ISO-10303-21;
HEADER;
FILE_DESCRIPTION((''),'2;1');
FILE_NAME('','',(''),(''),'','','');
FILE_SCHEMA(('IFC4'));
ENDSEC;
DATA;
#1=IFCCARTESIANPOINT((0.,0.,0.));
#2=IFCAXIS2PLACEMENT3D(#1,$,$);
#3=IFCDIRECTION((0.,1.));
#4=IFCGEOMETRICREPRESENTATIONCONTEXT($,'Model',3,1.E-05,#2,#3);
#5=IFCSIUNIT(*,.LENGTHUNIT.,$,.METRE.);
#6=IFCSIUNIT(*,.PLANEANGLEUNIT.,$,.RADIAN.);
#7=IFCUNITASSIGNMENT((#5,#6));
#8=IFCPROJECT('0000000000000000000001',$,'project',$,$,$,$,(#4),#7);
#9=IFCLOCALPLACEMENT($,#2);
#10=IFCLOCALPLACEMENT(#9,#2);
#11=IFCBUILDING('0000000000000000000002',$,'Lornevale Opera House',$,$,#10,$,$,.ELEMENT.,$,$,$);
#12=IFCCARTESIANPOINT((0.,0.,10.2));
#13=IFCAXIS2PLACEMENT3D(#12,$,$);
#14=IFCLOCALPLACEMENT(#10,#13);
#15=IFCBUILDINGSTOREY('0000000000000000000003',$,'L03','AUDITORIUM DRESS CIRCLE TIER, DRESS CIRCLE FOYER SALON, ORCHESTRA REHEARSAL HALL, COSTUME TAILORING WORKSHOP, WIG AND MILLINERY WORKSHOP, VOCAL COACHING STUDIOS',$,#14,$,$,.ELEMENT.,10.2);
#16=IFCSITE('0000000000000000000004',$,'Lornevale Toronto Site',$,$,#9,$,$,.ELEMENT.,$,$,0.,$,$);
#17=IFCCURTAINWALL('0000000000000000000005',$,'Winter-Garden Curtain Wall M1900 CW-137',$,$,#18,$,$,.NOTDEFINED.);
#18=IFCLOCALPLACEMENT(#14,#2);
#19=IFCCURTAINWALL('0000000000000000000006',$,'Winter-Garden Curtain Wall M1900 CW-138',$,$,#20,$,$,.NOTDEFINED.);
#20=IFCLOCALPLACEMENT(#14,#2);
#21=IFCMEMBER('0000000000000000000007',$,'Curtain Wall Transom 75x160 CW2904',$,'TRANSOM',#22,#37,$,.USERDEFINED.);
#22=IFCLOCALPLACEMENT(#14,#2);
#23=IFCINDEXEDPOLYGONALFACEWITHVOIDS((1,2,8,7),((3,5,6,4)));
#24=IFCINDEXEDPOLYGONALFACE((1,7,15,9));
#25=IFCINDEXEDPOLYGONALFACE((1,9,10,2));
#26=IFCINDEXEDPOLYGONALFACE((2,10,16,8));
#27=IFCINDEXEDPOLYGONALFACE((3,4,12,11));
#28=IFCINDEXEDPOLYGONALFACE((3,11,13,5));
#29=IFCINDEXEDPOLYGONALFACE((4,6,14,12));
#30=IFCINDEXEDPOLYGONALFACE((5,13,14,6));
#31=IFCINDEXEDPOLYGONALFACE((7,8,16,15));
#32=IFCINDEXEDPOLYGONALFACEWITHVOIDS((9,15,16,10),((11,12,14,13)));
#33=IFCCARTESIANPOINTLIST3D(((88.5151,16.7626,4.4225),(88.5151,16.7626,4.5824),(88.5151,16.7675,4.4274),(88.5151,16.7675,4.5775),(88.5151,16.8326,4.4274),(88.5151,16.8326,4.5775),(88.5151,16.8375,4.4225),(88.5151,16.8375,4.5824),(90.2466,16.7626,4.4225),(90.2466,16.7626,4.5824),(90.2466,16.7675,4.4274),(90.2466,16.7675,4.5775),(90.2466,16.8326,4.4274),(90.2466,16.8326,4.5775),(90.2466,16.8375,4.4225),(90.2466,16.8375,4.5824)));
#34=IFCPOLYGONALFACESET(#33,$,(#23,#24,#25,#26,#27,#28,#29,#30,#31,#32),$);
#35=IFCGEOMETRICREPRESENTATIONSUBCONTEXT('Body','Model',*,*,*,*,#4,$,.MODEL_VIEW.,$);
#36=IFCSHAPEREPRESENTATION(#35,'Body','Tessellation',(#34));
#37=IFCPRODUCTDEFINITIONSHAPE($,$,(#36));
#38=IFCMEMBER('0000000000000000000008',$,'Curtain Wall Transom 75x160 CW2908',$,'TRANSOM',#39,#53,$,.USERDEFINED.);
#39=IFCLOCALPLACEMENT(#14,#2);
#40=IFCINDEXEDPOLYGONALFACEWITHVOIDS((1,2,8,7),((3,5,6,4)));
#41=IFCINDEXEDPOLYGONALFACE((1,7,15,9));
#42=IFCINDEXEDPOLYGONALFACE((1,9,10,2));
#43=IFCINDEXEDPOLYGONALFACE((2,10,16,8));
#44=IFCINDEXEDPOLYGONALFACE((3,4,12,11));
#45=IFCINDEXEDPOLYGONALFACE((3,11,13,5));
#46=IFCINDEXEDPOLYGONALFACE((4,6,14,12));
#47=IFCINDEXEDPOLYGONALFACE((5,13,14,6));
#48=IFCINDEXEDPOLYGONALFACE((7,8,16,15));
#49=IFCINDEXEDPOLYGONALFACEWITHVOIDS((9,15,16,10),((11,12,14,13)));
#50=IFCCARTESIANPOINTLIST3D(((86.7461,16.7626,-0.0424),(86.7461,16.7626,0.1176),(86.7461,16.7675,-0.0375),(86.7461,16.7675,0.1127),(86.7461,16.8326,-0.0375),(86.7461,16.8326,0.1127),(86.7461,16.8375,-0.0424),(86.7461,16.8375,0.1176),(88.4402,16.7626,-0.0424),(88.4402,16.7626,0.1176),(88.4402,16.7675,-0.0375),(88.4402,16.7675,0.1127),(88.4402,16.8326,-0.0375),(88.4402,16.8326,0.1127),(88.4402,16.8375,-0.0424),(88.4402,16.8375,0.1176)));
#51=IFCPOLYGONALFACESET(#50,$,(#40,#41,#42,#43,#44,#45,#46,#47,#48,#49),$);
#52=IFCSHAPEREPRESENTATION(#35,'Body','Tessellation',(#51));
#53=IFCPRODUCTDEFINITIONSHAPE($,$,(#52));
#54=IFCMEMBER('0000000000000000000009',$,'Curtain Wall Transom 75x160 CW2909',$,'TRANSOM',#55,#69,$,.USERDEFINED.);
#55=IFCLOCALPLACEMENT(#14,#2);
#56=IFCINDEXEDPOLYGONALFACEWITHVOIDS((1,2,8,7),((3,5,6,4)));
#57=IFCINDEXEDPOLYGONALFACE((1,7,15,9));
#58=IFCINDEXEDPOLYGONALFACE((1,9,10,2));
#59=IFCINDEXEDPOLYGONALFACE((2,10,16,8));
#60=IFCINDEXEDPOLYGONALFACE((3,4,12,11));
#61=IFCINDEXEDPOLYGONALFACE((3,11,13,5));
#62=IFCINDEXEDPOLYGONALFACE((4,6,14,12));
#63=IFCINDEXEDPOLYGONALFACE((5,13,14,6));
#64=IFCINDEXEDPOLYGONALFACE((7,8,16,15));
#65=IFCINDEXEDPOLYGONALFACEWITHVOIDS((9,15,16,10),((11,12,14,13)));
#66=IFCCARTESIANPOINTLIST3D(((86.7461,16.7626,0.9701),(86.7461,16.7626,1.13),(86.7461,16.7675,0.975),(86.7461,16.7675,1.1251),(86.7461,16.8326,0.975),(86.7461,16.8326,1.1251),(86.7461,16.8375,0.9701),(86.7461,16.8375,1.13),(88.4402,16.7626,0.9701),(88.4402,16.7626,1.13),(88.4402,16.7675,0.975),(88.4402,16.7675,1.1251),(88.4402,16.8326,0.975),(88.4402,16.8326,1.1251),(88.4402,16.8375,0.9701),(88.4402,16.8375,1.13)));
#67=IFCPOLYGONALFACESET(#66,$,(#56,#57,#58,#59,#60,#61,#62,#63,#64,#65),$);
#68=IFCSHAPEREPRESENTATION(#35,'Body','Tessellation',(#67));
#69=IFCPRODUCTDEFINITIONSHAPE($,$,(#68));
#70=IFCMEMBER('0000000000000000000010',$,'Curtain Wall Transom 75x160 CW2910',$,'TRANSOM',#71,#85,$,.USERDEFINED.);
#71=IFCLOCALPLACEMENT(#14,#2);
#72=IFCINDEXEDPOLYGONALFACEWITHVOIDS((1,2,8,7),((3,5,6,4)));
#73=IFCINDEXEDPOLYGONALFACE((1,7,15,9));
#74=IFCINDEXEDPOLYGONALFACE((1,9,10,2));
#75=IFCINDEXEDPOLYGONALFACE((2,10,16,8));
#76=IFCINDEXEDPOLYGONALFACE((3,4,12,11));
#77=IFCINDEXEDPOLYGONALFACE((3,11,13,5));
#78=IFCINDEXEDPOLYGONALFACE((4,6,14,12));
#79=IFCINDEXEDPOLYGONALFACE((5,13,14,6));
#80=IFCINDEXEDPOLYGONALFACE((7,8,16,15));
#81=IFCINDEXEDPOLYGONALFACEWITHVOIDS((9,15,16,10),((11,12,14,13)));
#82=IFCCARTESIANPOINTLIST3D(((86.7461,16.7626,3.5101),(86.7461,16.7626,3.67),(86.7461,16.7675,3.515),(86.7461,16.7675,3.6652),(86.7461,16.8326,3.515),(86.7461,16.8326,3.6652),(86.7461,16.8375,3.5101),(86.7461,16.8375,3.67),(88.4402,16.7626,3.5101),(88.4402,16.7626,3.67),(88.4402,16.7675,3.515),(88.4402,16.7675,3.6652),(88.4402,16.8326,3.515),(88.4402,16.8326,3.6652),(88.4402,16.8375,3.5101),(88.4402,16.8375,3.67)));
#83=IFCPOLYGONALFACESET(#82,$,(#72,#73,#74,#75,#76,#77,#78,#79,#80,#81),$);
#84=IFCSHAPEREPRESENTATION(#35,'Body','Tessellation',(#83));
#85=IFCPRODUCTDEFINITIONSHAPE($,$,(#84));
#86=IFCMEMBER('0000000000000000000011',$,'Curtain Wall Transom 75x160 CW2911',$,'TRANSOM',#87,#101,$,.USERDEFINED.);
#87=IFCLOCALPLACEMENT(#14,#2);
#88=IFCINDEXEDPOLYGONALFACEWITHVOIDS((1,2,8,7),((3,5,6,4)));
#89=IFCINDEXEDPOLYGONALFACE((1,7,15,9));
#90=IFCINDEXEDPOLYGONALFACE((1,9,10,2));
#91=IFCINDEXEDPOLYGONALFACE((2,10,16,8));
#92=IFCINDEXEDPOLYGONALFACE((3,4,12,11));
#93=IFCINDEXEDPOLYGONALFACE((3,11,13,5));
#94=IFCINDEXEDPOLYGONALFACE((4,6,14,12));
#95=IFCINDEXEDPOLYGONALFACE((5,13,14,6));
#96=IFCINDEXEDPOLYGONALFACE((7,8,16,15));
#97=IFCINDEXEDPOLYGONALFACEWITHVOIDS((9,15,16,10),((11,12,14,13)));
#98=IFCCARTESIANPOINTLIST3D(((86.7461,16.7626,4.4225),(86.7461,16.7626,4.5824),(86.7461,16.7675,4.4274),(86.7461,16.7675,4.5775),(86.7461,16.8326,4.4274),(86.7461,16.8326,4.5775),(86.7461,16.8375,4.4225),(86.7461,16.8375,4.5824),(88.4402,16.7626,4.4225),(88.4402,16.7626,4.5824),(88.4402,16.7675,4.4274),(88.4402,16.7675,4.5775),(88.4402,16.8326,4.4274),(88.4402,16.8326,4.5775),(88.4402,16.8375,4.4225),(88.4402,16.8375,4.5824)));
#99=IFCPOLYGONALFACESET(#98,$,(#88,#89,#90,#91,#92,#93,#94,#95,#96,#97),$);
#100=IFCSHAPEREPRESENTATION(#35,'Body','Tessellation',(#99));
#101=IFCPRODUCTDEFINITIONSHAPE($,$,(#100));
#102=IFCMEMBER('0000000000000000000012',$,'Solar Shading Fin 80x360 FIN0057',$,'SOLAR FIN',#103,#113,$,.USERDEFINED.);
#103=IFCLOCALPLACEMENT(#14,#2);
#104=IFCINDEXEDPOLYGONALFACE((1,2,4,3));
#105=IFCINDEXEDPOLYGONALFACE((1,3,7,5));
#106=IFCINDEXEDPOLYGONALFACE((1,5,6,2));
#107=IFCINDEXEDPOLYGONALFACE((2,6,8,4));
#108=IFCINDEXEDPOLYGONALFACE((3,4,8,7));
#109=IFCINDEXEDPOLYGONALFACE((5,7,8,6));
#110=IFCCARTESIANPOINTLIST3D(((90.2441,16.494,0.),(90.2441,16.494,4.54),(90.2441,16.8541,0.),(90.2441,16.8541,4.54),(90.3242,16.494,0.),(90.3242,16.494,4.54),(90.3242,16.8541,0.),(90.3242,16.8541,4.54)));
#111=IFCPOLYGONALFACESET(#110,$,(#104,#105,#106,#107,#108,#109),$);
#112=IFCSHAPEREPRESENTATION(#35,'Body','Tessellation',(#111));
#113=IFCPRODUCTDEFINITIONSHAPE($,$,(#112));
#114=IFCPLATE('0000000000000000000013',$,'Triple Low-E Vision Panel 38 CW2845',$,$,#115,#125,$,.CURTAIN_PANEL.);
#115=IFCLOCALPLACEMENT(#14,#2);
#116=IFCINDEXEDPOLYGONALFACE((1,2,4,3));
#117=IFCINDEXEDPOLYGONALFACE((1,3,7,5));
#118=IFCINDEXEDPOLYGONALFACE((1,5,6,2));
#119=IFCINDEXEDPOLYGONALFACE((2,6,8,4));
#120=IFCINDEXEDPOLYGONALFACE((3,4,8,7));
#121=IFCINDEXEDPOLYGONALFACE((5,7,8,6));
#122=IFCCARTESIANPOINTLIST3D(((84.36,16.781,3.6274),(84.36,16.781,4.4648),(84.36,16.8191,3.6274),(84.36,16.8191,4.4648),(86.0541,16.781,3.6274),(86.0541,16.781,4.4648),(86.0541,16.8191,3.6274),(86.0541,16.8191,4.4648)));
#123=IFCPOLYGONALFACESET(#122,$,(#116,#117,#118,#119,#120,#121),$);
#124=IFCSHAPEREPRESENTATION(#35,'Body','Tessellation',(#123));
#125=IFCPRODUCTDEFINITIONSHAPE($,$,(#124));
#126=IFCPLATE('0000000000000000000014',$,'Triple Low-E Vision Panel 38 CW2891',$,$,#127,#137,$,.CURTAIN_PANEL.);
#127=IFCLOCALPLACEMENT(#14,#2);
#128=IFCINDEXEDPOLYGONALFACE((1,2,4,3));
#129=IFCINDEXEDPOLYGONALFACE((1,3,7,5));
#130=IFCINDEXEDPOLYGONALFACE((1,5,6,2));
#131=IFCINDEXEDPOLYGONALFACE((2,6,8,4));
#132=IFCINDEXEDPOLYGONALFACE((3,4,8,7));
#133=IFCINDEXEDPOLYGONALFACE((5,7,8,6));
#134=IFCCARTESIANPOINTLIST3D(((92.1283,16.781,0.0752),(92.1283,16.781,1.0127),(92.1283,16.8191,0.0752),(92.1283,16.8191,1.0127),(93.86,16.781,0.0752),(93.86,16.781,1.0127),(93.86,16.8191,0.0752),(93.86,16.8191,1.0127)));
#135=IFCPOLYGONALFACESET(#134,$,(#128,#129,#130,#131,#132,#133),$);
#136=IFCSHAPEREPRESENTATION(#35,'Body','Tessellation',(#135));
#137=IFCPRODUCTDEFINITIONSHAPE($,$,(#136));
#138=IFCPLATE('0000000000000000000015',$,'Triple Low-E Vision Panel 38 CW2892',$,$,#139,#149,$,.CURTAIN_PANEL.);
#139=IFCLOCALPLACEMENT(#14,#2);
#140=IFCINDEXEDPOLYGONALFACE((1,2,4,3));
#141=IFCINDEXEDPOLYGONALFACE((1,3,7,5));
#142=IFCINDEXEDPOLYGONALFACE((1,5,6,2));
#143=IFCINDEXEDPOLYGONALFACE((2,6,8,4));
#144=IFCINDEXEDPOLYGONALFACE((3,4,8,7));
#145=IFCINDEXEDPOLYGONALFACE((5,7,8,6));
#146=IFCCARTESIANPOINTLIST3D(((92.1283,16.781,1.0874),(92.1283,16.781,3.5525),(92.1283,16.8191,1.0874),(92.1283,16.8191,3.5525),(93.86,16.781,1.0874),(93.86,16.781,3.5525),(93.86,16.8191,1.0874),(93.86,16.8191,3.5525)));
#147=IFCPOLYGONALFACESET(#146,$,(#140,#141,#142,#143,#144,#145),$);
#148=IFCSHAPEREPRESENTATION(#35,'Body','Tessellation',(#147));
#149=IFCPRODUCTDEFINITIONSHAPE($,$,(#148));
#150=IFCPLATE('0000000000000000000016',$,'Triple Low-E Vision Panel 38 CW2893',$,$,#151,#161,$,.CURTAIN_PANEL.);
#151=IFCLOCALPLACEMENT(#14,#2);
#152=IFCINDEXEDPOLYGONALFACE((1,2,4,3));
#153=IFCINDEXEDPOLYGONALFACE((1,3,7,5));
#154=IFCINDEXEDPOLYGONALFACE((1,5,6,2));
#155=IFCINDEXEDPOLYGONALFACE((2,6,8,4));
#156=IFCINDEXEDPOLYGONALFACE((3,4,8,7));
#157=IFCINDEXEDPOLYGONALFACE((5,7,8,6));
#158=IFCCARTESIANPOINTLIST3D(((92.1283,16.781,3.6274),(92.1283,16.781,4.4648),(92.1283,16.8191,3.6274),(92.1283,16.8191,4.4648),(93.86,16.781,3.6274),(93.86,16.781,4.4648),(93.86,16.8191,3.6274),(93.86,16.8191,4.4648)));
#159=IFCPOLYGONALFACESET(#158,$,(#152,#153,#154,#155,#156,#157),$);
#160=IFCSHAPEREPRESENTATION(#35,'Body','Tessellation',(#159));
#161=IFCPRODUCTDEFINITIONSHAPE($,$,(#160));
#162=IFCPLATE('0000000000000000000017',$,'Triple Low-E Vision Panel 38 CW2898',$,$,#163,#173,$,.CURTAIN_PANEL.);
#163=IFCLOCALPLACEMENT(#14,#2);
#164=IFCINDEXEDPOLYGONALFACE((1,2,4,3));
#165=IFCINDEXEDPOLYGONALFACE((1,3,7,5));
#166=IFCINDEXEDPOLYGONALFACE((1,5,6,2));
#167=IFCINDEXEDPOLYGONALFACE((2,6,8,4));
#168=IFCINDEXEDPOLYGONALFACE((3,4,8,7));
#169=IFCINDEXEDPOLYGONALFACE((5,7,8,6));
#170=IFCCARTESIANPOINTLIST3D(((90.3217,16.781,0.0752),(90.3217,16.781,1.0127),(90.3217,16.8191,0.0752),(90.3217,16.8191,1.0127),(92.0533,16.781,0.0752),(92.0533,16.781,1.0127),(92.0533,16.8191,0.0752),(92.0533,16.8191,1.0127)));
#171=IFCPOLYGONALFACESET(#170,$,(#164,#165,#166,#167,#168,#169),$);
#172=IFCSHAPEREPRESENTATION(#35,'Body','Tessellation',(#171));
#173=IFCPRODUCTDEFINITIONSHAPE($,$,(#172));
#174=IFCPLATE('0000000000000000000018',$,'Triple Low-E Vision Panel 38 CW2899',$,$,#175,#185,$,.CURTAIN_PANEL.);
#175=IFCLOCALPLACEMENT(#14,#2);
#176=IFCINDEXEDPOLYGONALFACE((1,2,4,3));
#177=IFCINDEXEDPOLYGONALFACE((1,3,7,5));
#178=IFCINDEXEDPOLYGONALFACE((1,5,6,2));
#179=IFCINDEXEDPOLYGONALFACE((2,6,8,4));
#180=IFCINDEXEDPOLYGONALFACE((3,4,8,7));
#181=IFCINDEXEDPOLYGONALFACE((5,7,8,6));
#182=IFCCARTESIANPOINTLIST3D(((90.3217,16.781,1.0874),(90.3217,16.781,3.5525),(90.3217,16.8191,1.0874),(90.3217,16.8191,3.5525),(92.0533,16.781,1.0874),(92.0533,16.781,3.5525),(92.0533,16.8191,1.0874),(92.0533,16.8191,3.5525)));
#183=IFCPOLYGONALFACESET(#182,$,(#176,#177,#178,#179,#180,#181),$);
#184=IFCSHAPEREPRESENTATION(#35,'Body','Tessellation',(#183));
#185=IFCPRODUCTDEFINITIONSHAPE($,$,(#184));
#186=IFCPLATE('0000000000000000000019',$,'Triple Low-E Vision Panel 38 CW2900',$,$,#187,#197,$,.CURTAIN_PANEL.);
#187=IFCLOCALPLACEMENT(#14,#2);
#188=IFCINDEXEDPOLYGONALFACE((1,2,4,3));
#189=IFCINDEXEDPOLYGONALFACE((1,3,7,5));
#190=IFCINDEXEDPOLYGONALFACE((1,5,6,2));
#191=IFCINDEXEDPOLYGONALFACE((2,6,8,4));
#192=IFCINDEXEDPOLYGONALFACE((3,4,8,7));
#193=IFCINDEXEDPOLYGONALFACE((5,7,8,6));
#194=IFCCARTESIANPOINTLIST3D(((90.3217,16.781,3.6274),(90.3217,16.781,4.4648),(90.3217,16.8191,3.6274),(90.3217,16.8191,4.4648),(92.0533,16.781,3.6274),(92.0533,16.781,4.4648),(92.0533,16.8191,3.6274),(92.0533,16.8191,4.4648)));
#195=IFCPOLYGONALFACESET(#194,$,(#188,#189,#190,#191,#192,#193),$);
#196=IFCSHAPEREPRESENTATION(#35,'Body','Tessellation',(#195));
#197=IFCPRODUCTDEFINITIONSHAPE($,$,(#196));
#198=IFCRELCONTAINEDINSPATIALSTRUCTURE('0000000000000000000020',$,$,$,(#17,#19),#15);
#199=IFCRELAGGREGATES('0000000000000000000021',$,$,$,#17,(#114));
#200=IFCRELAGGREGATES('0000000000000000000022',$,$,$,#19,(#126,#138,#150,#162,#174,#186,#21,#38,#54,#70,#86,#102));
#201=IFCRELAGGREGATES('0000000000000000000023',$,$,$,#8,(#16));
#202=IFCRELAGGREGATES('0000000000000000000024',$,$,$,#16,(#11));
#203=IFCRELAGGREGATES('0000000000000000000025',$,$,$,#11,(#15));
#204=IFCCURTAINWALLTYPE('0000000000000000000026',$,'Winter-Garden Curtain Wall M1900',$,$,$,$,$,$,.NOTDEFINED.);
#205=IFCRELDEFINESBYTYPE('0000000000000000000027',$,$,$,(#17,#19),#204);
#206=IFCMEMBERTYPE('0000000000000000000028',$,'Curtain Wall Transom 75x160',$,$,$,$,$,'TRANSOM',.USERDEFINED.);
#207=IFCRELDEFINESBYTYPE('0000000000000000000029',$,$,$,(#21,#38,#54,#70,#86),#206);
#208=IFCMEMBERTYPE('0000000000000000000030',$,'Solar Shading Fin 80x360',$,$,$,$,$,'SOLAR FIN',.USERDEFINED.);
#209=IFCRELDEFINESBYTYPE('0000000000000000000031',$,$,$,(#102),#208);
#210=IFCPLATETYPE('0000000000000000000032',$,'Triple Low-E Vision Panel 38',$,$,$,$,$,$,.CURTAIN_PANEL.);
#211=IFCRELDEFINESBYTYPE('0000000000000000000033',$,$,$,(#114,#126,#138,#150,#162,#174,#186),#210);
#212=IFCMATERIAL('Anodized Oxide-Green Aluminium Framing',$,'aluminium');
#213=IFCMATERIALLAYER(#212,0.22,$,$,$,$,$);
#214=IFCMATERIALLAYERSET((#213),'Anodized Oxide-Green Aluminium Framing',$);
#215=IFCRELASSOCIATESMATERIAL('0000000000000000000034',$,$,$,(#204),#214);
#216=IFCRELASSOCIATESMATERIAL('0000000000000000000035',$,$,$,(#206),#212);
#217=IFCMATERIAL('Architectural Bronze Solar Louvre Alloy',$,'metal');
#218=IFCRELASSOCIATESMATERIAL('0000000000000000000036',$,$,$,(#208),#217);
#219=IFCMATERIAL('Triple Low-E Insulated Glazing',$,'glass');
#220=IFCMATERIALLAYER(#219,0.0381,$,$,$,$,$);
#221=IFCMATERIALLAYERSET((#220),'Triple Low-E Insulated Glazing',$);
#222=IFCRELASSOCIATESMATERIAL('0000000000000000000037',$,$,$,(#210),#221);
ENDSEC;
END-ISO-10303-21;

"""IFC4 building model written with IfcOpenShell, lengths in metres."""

from ifc_helpers import new_model, si_unit, direction, frame, origin, origin_2d, place, context, subcontext, project, spatial, rectangle, hollow_rectangle, extrude, material, layer, layer_set, material_profile, profile_set, type_object, element, aggregate, save


model = new_model("IFC4")

# Units and contexts
model_context = context("Model", 3, precision=1e-05, world=origin(), true_north=direction((0.0, 1.0)))
body_context = subcontext(model_context, "Body", "Model", "MODEL_VIEW")
ifc_project = project(units=[si_unit("LENGTHUNIT", "METRE"), si_unit("PLANEANGLEUNIT", "RADIAN")], contexts=[model_context])

# Site, building, storey
site_placement = place(None, origin())
site = spatial("IfcSite", under=ifc_project, at=site_placement, Name="Lornevale Toronto Site", CompositionType="ELEMENT", RefElevation=0.0)
building_placement = place(site_placement, origin())
building = spatial("IfcBuilding", under=site, at=building_placement, Name="Lornevale Opera House", CompositionType="ELEMENT")
storey_placement = place(building_placement, frame((0.0, 0.0, 10.2)))
storey = spatial("IfcBuildingStorey", under=building, at=storey_placement, Name="L03", Description="AUDITORIUM DRESS CIRCLE TIER, DRESS CIRCLE FOYER SALON, ORCHESTRA REHEARSAL HALL, COSTUME TAILORING WORKSHOP, WIG AND MILLINERY WORKSHOP, VOCAL COACHING STUDIOS", CompositionType="ELEMENT", Elevation=10.2)

# Curtain wall
ifc_material_1 = material(Name="Anodized Oxide-Green Aluminium Framing", Category="aluminium")
ifc_layer_1 = layer(ifc_material_1, 0.22)
ifc_layer_set_1 = layer_set([ifc_layer_1], Name="Anodized Oxide-Green Aluminium Framing")
curtain_wall_type = type_object("IfcCurtainWallType", Name="Winter-Garden Curtain Wall M1900", PredefinedType="NOTDEFINED", material=ifc_layer_set_1)
curtain_wall_1_placement = place(storey_placement, origin())
curtain_wall_1 = element("IfcCurtainWall", 1, at=curtain_wall_1_placement, inside=storey, type_object=curtain_wall_type, Name="Winter-Garden Curtain Wall M1900 CW-137", PredefinedType="NOTDEFINED")

# Curtain wall
curtain_wall_2_placement = place(storey_placement, origin())
curtain_wall_2 = element("IfcCurtainWall", 2, at=curtain_wall_2_placement, inside=storey, type_object=curtain_wall_type, Name="Winter-Garden Curtain Wall M1900 CW-138", PredefinedType="NOTDEFINED")

# Members
ifc_material_profile_1 = material_profile(ifc_material_1, hollow_rectangle(XDim=0.075, YDim=0.1599, WallThickness=0.0049, at=origin_2d()), Name="ALU75x160x5")
ifc_profile_set_1 = profile_set([ifc_material_profile_1], Name="Anodized Oxide-Green Aluminium Framing")
member_type_1 = type_object("IfcMemberType", Name="Curtain Wall Transom 75x160", ElementType="TRANSOM", PredefinedType="USERDEFINED", material=ifc_profile_set_1)
member_1_placement = place(storey_placement, frame((90.2466, 16.8, 4.5024), z_axis=(-1.0, 0.0, 0.0), x_axis=(0.0, -1.0, 0.0)))
member_1 = element("IfcMember", 3, at=member_1_placement, type_object=member_type_1, Name="Curtain Wall Transom 75x160 CW2904", ObjectType="TRANSOM", PredefinedType="USERDEFINED", context=body_context, shape_type="SweptSolid", body=[
    extrude(hollow_rectangle(XDim=0.075, YDim=0.1599, WallThickness=0.0049, at=origin_2d()), origin(), (0.0, 0.0, 1.0), 1.7314),
])
member_2_placement = place(storey_placement, frame((88.4402, 16.8, 0.0376), z_axis=(-1.0, 0.0, 0.0), x_axis=(0.0, -1.0, 0.0)))
member_2 = element("IfcMember", 4, at=member_2_placement, type_object=member_type_1, Name="Curtain Wall Transom 75x160 CW2908", ObjectType="TRANSOM", PredefinedType="USERDEFINED", context=body_context, shape_type="SweptSolid", body=[
    extrude(hollow_rectangle(XDim=0.075, YDim=0.1599, WallThickness=0.0049, at=origin_2d()), origin(), (0.0, 0.0, 1.0), 1.6941),
])
member_3_placement = place(storey_placement, frame((88.4402, 16.8, 1.05), z_axis=(-1.0, 0.0, 0.0), x_axis=(0.0, -1.0, 0.0)))
member_3 = element("IfcMember", 5, at=member_3_placement, type_object=member_type_1, Name="Curtain Wall Transom 75x160 CW2909", ObjectType="TRANSOM", PredefinedType="USERDEFINED", context=body_context, shape_type="SweptSolid", body=[
    extrude(hollow_rectangle(XDim=0.075, YDim=0.1599, WallThickness=0.0049, at=origin_2d()), origin(), (0.0, 0.0, 1.0), 1.6941),
])
member_4_placement = place(storey_placement, frame((88.4402, 16.8, 3.5901), z_axis=(-1.0, 0.0, 0.0), x_axis=(0.0, -1.0, 0.0)))
member_4 = element("IfcMember", 6, at=member_4_placement, type_object=member_type_1, Name="Curtain Wall Transom 75x160 CW2910", ObjectType="TRANSOM", PredefinedType="USERDEFINED", context=body_context, shape_type="SweptSolid", body=[
    extrude(hollow_rectangle(XDim=0.075, YDim=0.1599, WallThickness=0.0049, at=origin_2d()), origin(), (0.0, 0.0, 1.0), 1.6941),
])
member_5_placement = place(storey_placement, frame((88.4402, 16.8, 4.5024), z_axis=(-1.0, 0.0, 0.0), x_axis=(0.0, -1.0, 0.0)))
member_5 = element("IfcMember", 7, at=member_5_placement, type_object=member_type_1, Name="Curtain Wall Transom 75x160 CW2911", ObjectType="TRANSOM", PredefinedType="USERDEFINED", context=body_context, shape_type="SweptSolid", body=[
    extrude(hollow_rectangle(XDim=0.075, YDim=0.1599, WallThickness=0.0049, at=origin_2d()), origin(), (0.0, 0.0, 1.0), 1.6941),
])
ifc_material_2 = material(Name="Architectural Bronze Solar Louvre Alloy", Category="metal")
ifc_material_profile_2 = material_profile(ifc_material_2, rectangle(XDim=0.0801, YDim=0.3601, at=origin_2d()), Name="FIN80x360")
ifc_profile_set_2 = profile_set([ifc_material_profile_2], Name="Architectural Bronze Solar Louvre Alloy")
member_type_2 = type_object("IfcMemberType", Name="Solar Shading Fin 80x360", ElementType="SOLAR FIN", PredefinedType="USERDEFINED", material=ifc_profile_set_2)
member_6_placement = place(storey_placement, frame((90.2842, 16.6741, 0.0), z_axis=(0.0, 0.0, 1.0), x_axis=(-1.0, 0.0, 0.0)))
member_6 = element("IfcMember", 8, at=member_6_placement, type_object=member_type_2, Name="Solar Shading Fin 80x360 FIN0057", ObjectType="SOLAR FIN", PredefinedType="USERDEFINED", context=body_context, shape_type="SweptSolid", body=[
    extrude(rectangle(XDim=0.0801, YDim=0.3601, at=origin_2d()), origin(), (0.0, 0.0, 1.0), 4.54),
])

# Plates
ifc_material_3 = material(Name="Triple Low-E Insulated Glazing", Category="glass")
ifc_layer_2 = layer(ifc_material_3, 0.0381)
ifc_layer_set_2 = layer_set([ifc_layer_2], Name="Triple Low-E Insulated Glazing")
plate_type = type_object("IfcPlateType", Name="Triple Low-E Vision Panel 38", PredefinedType="CURTAIN_PANEL", material=ifc_layer_set_2)
plate_1_placement = place(storey_placement, frame((85.207, 16.8, 3.6274), z_axis=(0.0, 0.0, 1.0), x_axis=(-1.0, 0.0, 0.0)))
plate_1 = element("IfcPlate", 9, at=plate_1_placement, type_object=plate_type, Name="Triple Low-E Vision Panel 38 CW2845", PredefinedType="CURTAIN_PANEL", context=body_context, shape_type="SweptSolid", body=[
    extrude(rectangle(XDim=1.6941, YDim=0.0381, at=origin_2d()), origin(), (0.0, 0.0, 1.0), 0.8374),
])
aggregate(curtain_wall_1, [plate_1])
plate_2_placement = place(storey_placement, frame((92.9941, 16.8, 0.0752), z_axis=(0.0, 0.0, 1.0), x_axis=(-1.0, 0.0, 0.0)))
plate_2 = element("IfcPlate", 10, at=plate_2_placement, type_object=plate_type, Name="Triple Low-E Vision Panel 38 CW2891", PredefinedType="CURTAIN_PANEL", context=body_context, shape_type="SweptSolid", body=[
    extrude(rectangle(XDim=1.7317, YDim=0.0381, at=origin_2d()), origin(), (0.0, 0.0, 1.0), 0.9375),
])
plate_3_placement = place(storey_placement, frame((92.9941, 16.8, 1.0874), z_axis=(0.0, 0.0, 1.0), x_axis=(-1.0, 0.0, 0.0)))
plate_3 = element("IfcPlate", 11, at=plate_3_placement, type_object=plate_type, Name="Triple Low-E Vision Panel 38 CW2892", PredefinedType="CURTAIN_PANEL", context=body_context, shape_type="SweptSolid", body=[
    extrude(rectangle(XDim=1.7317, YDim=0.0381, at=origin_2d()), origin(), (0.0, 0.0, 1.0), 2.4651),
])
plate_4_placement = place(storey_placement, frame((92.9941, 16.8, 3.6274), z_axis=(0.0, 0.0, 1.0), x_axis=(-1.0, 0.0, 0.0)))
plate_4 = element("IfcPlate", 12, at=plate_4_placement, type_object=plate_type, Name="Triple Low-E Vision Panel 38 CW2893", PredefinedType="CURTAIN_PANEL", context=body_context, shape_type="SweptSolid", body=[
    extrude(rectangle(XDim=1.7317, YDim=0.0381, at=origin_2d()), origin(), (0.0, 0.0, 1.0), 0.8374),
])
plate_5_placement = place(storey_placement, frame((91.1875, 16.8, 0.0752), z_axis=(0.0, 0.0, 1.0), x_axis=(-1.0, 0.0, 0.0)))
plate_5 = element("IfcPlate", 13, at=plate_5_placement, type_object=plate_type, Name="Triple Low-E Vision Panel 38 CW2898", PredefinedType="CURTAIN_PANEL", context=body_context, shape_type="SweptSolid", body=[
    extrude(rectangle(XDim=1.7317, YDim=0.0381, at=origin_2d()), origin(), (0.0, 0.0, 1.0), 0.9375),
])
plate_6_placement = place(storey_placement, frame((91.1875, 16.8, 1.0874), z_axis=(0.0, 0.0, 1.0), x_axis=(-1.0, 0.0, 0.0)))
plate_6 = element("IfcPlate", 14, at=plate_6_placement, type_object=plate_type, Name="Triple Low-E Vision Panel 38 CW2899", PredefinedType="CURTAIN_PANEL", context=body_context, shape_type="SweptSolid", body=[
    extrude(rectangle(XDim=1.7317, YDim=0.0381, at=origin_2d()), origin(), (0.0, 0.0, 1.0), 2.4651),
])
plate_7_placement = place(storey_placement, frame((91.1875, 16.8, 3.6274), z_axis=(0.0, 0.0, 1.0), x_axis=(-1.0, 0.0, 0.0)))
plate_7 = element("IfcPlate", 15, at=plate_7_placement, type_object=plate_type, Name="Triple Low-E Vision Panel 38 CW2900", PredefinedType="CURTAIN_PANEL", context=body_context, shape_type="SweptSolid", body=[
    extrude(rectangle(XDim=1.7317, YDim=0.0381, at=origin_2d()), origin(), (0.0, 0.0, 1.0), 0.8374),
])
aggregate(curtain_wall_2, [plate_2, plate_3, plate_4, plate_5, plate_6, plate_7, member_1, member_2, member_3, member_4, member_5, member_6])

save(model, "model.ifc")
